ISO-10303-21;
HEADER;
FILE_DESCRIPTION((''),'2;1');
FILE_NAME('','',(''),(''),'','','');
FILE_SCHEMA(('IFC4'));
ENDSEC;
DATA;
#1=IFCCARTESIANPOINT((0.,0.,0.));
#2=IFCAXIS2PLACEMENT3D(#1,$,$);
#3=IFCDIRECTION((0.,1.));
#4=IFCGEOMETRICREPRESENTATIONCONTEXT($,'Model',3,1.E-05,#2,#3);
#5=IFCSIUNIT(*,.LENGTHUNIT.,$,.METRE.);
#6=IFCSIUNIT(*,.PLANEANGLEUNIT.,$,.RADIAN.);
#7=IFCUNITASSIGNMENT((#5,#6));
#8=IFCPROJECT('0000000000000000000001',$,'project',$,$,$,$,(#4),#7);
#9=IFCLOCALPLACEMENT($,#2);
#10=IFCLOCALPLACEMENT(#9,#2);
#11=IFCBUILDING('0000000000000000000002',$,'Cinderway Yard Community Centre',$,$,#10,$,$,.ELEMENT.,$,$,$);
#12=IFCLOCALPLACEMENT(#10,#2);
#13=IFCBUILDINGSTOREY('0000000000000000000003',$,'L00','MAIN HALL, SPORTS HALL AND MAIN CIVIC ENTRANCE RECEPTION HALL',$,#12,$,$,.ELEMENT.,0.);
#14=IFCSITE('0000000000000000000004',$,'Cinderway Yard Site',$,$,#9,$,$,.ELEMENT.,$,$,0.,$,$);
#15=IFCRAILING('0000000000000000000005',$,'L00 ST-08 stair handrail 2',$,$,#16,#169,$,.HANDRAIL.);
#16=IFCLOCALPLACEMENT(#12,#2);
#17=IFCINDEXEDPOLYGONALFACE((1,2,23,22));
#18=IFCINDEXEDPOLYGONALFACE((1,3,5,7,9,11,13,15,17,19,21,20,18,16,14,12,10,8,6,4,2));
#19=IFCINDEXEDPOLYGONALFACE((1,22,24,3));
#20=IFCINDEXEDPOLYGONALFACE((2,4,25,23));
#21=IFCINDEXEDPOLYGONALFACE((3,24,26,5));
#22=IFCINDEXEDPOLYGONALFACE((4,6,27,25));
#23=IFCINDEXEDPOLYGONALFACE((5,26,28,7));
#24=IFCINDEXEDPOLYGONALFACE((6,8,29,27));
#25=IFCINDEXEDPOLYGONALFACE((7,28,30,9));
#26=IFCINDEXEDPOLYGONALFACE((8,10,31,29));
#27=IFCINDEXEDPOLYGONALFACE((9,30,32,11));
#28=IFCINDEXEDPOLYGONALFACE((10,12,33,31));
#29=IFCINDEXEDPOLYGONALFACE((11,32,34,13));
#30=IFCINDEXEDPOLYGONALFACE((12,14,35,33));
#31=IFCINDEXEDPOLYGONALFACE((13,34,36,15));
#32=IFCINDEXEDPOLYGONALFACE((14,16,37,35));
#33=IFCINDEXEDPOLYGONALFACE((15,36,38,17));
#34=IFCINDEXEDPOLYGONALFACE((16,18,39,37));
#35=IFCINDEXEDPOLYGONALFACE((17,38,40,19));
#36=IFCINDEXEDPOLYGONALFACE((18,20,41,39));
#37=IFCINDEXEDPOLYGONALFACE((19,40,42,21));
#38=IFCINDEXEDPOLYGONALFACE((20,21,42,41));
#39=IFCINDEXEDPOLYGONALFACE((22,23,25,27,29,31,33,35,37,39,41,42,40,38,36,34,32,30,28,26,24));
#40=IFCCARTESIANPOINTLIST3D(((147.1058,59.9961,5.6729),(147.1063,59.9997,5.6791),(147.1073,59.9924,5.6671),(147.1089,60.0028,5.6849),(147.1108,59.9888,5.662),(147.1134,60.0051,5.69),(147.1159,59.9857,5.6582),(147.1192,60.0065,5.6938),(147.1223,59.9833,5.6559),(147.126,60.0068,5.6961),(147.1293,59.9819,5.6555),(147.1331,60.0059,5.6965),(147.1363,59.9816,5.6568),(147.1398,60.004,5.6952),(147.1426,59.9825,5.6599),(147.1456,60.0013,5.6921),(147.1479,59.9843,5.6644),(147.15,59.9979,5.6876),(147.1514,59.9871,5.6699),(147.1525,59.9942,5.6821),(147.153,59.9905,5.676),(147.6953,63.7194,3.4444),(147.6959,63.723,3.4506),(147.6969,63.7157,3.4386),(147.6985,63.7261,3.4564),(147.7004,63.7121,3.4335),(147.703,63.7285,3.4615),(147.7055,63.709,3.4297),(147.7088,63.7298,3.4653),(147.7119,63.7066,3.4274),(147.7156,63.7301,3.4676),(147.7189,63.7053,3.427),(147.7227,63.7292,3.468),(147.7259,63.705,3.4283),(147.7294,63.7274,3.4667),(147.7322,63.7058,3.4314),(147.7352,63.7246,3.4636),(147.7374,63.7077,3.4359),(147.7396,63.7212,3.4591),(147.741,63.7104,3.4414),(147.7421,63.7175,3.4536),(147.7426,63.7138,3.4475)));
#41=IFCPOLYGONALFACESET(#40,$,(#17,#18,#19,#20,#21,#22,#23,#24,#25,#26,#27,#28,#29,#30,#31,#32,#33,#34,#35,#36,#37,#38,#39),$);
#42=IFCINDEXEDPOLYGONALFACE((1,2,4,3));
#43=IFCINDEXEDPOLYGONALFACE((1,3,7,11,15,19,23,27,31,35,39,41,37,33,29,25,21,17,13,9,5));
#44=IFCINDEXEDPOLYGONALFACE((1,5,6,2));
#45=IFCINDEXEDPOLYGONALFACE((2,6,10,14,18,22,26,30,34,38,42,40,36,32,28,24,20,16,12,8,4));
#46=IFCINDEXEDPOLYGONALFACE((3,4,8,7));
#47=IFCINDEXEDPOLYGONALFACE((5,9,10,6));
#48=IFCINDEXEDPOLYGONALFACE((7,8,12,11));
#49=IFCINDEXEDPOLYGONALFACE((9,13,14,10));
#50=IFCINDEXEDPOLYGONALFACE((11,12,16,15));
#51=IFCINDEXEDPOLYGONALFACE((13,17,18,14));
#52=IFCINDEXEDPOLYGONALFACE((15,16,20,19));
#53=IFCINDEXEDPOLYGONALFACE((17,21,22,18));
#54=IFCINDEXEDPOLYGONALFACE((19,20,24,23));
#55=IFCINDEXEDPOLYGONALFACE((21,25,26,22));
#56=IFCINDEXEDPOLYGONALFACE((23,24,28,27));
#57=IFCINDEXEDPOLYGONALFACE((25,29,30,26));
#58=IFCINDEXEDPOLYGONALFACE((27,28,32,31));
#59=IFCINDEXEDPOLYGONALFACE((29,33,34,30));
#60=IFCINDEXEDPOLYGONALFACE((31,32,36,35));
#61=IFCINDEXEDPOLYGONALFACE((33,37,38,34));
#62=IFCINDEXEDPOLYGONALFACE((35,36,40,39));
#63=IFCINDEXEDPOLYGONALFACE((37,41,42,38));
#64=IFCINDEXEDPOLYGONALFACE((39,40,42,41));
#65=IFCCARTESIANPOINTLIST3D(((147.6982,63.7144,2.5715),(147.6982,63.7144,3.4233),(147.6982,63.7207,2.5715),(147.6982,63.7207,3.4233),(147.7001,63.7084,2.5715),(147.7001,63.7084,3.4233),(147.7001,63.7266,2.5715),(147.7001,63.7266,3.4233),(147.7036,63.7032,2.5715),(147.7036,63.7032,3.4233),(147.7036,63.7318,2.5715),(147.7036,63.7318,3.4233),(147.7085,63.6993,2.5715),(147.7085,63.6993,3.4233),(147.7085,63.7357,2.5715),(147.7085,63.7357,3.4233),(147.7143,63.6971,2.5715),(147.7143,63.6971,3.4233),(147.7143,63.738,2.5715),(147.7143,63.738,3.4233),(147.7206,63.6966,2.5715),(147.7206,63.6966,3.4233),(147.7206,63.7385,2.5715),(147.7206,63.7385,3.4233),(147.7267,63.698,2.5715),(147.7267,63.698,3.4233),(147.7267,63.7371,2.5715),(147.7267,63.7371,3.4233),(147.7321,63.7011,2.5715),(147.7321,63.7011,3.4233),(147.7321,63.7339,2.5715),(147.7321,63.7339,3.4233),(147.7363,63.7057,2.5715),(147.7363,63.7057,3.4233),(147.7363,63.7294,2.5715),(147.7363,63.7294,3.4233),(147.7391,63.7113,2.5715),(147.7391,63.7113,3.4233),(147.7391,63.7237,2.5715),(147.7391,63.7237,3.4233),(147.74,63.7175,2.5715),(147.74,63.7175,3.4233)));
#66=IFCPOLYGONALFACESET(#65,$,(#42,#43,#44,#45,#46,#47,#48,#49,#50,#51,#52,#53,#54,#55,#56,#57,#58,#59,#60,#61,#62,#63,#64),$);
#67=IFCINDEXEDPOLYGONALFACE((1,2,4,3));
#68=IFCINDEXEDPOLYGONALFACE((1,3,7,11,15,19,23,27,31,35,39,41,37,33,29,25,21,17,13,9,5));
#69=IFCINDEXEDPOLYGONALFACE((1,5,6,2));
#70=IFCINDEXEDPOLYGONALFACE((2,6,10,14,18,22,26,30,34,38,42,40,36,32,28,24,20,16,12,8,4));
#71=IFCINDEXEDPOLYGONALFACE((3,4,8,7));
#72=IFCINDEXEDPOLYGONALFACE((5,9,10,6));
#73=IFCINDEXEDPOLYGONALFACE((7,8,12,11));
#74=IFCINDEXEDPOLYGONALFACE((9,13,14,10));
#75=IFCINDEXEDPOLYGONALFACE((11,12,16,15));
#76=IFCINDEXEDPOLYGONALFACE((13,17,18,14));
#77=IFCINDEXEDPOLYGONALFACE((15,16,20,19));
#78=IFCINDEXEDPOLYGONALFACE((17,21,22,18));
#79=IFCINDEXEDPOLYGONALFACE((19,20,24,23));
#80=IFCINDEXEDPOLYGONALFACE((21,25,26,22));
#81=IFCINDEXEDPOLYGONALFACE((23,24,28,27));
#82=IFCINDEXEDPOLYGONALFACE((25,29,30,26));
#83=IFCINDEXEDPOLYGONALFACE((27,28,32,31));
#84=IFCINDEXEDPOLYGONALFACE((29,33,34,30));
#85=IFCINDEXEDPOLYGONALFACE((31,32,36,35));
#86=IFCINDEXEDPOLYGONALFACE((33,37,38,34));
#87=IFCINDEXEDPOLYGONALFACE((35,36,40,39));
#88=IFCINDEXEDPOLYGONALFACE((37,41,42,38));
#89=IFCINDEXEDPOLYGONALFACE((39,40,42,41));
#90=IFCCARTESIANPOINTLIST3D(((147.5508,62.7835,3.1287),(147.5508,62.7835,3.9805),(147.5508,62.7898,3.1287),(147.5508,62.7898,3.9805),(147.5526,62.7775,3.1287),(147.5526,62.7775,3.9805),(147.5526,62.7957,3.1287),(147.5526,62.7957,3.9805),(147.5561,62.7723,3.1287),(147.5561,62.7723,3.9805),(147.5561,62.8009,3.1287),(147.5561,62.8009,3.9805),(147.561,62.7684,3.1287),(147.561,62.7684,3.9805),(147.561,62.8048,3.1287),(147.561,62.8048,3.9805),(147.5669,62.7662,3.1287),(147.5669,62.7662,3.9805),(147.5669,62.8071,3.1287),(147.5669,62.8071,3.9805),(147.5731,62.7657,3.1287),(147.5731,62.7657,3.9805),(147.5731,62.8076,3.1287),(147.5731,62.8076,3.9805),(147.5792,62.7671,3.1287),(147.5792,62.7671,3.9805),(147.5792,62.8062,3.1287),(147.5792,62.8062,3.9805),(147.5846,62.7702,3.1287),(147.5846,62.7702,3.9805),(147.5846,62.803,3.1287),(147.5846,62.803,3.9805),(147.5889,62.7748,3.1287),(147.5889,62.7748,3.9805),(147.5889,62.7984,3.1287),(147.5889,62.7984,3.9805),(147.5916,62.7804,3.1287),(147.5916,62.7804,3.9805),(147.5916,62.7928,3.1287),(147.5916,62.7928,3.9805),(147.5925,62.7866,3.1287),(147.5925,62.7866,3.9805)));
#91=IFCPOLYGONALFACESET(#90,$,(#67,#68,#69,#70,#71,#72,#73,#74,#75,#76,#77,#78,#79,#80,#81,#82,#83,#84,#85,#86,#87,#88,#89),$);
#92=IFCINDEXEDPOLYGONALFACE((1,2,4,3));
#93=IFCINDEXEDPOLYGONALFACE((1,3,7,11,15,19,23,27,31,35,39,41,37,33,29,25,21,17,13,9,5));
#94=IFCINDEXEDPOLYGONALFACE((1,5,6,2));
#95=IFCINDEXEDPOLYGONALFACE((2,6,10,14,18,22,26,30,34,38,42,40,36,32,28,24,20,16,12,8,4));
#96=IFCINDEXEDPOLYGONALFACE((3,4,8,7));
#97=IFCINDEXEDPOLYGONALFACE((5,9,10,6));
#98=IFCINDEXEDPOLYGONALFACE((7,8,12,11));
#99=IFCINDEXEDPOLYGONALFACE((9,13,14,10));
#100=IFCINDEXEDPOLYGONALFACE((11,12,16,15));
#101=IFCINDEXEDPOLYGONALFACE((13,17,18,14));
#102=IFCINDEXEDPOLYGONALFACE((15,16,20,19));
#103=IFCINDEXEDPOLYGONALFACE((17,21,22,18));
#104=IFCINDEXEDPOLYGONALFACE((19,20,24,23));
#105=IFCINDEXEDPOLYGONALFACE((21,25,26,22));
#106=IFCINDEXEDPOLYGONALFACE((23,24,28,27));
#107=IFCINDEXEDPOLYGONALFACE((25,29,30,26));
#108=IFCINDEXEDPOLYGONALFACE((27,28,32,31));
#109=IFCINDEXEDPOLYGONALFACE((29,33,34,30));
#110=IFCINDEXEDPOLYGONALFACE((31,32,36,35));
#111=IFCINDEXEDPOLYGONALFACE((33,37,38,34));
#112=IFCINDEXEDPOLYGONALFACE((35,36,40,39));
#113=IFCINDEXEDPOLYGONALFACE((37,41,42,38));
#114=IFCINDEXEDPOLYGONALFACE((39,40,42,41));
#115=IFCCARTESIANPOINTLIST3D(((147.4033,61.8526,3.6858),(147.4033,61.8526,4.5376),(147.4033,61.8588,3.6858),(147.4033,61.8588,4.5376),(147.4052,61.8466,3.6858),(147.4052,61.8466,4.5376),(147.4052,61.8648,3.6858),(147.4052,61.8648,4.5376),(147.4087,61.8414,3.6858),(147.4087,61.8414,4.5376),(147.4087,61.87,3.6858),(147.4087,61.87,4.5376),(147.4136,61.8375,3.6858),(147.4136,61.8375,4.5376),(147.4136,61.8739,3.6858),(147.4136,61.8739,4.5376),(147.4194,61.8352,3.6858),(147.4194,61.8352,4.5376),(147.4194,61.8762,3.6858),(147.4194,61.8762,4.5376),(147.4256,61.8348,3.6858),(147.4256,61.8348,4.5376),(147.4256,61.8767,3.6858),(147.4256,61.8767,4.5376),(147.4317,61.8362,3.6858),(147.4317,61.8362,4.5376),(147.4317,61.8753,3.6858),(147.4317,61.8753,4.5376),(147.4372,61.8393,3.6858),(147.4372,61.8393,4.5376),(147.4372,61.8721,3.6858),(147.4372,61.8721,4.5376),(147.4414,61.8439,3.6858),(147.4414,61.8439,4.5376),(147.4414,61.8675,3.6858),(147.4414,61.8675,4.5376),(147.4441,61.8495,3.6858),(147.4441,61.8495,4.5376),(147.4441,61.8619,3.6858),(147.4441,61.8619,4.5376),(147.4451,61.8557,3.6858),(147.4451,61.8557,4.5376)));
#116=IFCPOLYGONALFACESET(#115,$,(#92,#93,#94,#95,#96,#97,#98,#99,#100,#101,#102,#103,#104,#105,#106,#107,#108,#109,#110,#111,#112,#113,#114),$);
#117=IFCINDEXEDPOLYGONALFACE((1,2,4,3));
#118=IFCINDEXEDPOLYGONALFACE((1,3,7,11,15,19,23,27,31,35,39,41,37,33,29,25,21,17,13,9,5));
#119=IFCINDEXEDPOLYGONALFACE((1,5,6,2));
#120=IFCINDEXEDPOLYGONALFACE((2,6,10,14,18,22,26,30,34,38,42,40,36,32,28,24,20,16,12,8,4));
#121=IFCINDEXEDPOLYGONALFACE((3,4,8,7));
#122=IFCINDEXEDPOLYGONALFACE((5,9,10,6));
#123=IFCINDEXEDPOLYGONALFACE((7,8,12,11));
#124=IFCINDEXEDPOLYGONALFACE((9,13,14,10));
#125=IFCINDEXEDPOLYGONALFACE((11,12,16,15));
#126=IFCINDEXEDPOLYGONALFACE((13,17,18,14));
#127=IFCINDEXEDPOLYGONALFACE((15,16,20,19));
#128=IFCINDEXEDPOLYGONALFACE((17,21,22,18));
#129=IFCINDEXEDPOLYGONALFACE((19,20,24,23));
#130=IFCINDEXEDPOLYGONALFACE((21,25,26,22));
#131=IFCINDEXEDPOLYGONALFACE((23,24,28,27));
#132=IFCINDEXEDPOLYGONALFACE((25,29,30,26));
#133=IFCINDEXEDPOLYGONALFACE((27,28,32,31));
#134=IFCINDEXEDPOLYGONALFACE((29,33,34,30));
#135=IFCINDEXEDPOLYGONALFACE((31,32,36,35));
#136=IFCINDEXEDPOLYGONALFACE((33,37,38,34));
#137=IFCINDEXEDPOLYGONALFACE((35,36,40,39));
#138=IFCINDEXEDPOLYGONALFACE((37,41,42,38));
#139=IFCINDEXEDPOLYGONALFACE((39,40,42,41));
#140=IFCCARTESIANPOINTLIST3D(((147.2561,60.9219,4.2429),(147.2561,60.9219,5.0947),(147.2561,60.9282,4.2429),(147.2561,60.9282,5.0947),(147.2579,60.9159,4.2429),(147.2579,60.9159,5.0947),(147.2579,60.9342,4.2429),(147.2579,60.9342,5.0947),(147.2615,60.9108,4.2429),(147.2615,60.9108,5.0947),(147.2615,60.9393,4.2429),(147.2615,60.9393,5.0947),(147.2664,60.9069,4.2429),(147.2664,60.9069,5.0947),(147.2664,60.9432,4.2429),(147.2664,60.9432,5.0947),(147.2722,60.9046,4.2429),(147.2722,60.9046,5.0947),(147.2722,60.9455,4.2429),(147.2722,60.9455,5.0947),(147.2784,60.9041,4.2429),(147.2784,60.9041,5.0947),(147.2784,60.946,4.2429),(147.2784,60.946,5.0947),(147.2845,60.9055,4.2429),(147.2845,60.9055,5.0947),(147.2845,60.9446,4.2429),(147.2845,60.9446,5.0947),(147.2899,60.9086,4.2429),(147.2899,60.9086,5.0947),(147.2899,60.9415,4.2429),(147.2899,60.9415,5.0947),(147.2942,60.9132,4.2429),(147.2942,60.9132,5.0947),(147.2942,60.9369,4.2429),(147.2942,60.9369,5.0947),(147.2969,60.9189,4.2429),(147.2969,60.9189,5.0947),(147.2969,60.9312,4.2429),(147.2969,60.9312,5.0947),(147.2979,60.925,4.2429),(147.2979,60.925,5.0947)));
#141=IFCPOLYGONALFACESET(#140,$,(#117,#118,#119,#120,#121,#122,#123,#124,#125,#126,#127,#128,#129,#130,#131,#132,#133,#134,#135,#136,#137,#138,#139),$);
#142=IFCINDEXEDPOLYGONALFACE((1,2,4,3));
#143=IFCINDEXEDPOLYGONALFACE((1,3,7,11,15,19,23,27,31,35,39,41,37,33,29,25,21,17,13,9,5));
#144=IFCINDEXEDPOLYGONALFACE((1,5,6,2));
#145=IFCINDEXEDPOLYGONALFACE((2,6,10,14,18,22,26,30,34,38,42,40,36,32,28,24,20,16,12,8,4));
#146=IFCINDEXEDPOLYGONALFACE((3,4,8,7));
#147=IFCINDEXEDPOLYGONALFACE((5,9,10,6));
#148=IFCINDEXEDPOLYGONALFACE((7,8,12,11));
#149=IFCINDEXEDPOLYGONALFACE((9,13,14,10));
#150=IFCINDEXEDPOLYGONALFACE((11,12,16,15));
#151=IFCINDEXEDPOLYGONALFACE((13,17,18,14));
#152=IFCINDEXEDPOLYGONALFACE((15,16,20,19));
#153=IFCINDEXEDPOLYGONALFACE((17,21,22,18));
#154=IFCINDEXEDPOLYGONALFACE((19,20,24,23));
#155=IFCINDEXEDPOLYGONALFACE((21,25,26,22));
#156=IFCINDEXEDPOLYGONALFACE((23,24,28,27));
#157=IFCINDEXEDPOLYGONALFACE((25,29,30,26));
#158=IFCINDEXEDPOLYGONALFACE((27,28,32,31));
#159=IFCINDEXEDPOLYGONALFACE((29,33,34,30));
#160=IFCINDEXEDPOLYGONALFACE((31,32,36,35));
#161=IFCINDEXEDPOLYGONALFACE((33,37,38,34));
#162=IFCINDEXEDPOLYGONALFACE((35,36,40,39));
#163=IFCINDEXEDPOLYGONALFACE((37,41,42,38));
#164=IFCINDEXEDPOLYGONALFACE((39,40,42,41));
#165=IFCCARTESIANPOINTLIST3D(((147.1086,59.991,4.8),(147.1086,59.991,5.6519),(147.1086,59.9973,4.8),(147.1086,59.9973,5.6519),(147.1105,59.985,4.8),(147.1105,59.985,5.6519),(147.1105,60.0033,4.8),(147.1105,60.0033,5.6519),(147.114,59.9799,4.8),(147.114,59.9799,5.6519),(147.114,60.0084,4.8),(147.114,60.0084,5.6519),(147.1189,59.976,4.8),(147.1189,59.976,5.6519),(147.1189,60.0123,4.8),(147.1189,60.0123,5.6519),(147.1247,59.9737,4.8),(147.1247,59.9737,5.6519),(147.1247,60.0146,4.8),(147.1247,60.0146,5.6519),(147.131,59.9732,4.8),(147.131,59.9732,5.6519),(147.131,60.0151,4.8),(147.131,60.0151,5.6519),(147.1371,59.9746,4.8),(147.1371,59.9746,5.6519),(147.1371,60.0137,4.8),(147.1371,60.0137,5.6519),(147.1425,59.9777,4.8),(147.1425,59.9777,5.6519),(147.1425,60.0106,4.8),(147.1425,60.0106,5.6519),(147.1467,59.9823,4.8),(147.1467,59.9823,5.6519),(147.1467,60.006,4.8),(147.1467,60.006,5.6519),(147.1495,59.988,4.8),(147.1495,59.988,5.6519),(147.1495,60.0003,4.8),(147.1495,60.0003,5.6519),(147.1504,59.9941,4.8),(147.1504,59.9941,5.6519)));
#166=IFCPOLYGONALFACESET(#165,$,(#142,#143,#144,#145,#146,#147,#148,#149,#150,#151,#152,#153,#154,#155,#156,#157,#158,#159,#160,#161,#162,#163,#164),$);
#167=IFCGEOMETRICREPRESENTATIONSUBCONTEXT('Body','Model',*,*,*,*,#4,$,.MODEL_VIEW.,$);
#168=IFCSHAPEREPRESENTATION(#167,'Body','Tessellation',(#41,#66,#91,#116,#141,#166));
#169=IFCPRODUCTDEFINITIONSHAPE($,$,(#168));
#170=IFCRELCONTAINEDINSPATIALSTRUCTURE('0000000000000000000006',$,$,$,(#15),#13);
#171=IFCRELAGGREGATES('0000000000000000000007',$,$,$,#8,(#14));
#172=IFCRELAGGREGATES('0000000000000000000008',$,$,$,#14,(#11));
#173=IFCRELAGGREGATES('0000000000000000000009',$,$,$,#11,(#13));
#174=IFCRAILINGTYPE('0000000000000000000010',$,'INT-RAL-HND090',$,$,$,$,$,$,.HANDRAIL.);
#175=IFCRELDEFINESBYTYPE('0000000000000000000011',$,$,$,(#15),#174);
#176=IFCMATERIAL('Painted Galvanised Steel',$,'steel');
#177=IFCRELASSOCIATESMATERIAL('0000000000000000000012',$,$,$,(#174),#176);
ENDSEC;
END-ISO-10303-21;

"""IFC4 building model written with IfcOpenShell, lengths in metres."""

from ifc_helpers import new_model, si_unit, direction, frame, origin, origin_2d, place, context, subcontext, project, spatial, circle, extrude, material, type_object, element, save


model = new_model("IFC4")

# Units and contexts
model_context = context("Model", 3, precision=1e-05, world=origin(), true_north=direction((0.0, 1.0)))
body_context = subcontext(model_context, "Body", "Model", "MODEL_VIEW")
ifc_project = project(units=[si_unit("LENGTHUNIT", "METRE"), si_unit("PLANEANGLEUNIT", "RADIAN")], contexts=[model_context])

# Site, building, storey
site_placement = place(None, origin())
site = spatial("IfcSite", under=ifc_project, at=site_placement, Name="Cinderway Yard Site", CompositionType="ELEMENT", RefElevation=0.0)
building_placement = place(site_placement, origin())
building = spatial("IfcBuilding", under=site, at=building_placement, Name="Cinderway Yard Community Centre", CompositionType="ELEMENT")
storey_placement = place(building_placement, origin())
storey = spatial("IfcBuildingStorey", under=building, at=storey_placement, Name="L00", Description="MAIN HALL, SPORTS HALL AND MAIN CIVIC ENTRANCE RECEPTION HALL", CompositionType="ELEMENT", Elevation=0.0)

# Railing
ifc_material_1 = material(Name="Painted Galvanised Steel", Category="steel")
railing_type_1 = type_object("IfcRailingType", Name="INT-RAL-HND090", PredefinedType="HANDRAIL", material=ifc_material_1)
railing_1_placement = place(storey_placement, frame((147.719, 63.7175, 2.5715)))
element("IfcRailing", 1, at=railing_1_placement, inside=storey, type_object=railing_type_1, Name="L00 ST-08 stair handrail 2", PredefinedType="HANDRAIL", context=body_context, shape_type="SweptSolid", body=[
    extrude(circle(Radius=0.0239, at=origin_2d()), frame((0.0, 0.0, 0.876), z_axis=(-0.134636, -0.850241, 0.508885), x_axis=(0.987694, -0.156402, 0.0)), (0.0, 0.0, 1.0), 4.3792),
    extrude(circle(Radius=0.021, at=origin_2d()), origin(), (0.0, 0.0, 1.0), 0.8518),
    extrude(circle(Radius=0.021, at=origin_2d()), frame((-0.1475, -0.9309, 0.5571)), (0.0, 0.0, 1.0), 0.8518),
    extrude(circle(Radius=0.021, at=origin_2d()), frame((-0.2949, -1.8618, 1.1143)), (0.0, 0.0, 1.0), 0.8518),
    extrude(circle(Radius=0.021, at=origin_2d()), frame((-0.4421, -2.7925, 1.6714)), (0.0, 0.0, 1.0), 0.8518),
    extrude(circle(Radius=0.021, at=origin_2d()), frame((-0.5896, -3.7234, 2.2285)), (0.0, 0.0, 1.0), 0.8518),
])

save(model, "model.ifc")
